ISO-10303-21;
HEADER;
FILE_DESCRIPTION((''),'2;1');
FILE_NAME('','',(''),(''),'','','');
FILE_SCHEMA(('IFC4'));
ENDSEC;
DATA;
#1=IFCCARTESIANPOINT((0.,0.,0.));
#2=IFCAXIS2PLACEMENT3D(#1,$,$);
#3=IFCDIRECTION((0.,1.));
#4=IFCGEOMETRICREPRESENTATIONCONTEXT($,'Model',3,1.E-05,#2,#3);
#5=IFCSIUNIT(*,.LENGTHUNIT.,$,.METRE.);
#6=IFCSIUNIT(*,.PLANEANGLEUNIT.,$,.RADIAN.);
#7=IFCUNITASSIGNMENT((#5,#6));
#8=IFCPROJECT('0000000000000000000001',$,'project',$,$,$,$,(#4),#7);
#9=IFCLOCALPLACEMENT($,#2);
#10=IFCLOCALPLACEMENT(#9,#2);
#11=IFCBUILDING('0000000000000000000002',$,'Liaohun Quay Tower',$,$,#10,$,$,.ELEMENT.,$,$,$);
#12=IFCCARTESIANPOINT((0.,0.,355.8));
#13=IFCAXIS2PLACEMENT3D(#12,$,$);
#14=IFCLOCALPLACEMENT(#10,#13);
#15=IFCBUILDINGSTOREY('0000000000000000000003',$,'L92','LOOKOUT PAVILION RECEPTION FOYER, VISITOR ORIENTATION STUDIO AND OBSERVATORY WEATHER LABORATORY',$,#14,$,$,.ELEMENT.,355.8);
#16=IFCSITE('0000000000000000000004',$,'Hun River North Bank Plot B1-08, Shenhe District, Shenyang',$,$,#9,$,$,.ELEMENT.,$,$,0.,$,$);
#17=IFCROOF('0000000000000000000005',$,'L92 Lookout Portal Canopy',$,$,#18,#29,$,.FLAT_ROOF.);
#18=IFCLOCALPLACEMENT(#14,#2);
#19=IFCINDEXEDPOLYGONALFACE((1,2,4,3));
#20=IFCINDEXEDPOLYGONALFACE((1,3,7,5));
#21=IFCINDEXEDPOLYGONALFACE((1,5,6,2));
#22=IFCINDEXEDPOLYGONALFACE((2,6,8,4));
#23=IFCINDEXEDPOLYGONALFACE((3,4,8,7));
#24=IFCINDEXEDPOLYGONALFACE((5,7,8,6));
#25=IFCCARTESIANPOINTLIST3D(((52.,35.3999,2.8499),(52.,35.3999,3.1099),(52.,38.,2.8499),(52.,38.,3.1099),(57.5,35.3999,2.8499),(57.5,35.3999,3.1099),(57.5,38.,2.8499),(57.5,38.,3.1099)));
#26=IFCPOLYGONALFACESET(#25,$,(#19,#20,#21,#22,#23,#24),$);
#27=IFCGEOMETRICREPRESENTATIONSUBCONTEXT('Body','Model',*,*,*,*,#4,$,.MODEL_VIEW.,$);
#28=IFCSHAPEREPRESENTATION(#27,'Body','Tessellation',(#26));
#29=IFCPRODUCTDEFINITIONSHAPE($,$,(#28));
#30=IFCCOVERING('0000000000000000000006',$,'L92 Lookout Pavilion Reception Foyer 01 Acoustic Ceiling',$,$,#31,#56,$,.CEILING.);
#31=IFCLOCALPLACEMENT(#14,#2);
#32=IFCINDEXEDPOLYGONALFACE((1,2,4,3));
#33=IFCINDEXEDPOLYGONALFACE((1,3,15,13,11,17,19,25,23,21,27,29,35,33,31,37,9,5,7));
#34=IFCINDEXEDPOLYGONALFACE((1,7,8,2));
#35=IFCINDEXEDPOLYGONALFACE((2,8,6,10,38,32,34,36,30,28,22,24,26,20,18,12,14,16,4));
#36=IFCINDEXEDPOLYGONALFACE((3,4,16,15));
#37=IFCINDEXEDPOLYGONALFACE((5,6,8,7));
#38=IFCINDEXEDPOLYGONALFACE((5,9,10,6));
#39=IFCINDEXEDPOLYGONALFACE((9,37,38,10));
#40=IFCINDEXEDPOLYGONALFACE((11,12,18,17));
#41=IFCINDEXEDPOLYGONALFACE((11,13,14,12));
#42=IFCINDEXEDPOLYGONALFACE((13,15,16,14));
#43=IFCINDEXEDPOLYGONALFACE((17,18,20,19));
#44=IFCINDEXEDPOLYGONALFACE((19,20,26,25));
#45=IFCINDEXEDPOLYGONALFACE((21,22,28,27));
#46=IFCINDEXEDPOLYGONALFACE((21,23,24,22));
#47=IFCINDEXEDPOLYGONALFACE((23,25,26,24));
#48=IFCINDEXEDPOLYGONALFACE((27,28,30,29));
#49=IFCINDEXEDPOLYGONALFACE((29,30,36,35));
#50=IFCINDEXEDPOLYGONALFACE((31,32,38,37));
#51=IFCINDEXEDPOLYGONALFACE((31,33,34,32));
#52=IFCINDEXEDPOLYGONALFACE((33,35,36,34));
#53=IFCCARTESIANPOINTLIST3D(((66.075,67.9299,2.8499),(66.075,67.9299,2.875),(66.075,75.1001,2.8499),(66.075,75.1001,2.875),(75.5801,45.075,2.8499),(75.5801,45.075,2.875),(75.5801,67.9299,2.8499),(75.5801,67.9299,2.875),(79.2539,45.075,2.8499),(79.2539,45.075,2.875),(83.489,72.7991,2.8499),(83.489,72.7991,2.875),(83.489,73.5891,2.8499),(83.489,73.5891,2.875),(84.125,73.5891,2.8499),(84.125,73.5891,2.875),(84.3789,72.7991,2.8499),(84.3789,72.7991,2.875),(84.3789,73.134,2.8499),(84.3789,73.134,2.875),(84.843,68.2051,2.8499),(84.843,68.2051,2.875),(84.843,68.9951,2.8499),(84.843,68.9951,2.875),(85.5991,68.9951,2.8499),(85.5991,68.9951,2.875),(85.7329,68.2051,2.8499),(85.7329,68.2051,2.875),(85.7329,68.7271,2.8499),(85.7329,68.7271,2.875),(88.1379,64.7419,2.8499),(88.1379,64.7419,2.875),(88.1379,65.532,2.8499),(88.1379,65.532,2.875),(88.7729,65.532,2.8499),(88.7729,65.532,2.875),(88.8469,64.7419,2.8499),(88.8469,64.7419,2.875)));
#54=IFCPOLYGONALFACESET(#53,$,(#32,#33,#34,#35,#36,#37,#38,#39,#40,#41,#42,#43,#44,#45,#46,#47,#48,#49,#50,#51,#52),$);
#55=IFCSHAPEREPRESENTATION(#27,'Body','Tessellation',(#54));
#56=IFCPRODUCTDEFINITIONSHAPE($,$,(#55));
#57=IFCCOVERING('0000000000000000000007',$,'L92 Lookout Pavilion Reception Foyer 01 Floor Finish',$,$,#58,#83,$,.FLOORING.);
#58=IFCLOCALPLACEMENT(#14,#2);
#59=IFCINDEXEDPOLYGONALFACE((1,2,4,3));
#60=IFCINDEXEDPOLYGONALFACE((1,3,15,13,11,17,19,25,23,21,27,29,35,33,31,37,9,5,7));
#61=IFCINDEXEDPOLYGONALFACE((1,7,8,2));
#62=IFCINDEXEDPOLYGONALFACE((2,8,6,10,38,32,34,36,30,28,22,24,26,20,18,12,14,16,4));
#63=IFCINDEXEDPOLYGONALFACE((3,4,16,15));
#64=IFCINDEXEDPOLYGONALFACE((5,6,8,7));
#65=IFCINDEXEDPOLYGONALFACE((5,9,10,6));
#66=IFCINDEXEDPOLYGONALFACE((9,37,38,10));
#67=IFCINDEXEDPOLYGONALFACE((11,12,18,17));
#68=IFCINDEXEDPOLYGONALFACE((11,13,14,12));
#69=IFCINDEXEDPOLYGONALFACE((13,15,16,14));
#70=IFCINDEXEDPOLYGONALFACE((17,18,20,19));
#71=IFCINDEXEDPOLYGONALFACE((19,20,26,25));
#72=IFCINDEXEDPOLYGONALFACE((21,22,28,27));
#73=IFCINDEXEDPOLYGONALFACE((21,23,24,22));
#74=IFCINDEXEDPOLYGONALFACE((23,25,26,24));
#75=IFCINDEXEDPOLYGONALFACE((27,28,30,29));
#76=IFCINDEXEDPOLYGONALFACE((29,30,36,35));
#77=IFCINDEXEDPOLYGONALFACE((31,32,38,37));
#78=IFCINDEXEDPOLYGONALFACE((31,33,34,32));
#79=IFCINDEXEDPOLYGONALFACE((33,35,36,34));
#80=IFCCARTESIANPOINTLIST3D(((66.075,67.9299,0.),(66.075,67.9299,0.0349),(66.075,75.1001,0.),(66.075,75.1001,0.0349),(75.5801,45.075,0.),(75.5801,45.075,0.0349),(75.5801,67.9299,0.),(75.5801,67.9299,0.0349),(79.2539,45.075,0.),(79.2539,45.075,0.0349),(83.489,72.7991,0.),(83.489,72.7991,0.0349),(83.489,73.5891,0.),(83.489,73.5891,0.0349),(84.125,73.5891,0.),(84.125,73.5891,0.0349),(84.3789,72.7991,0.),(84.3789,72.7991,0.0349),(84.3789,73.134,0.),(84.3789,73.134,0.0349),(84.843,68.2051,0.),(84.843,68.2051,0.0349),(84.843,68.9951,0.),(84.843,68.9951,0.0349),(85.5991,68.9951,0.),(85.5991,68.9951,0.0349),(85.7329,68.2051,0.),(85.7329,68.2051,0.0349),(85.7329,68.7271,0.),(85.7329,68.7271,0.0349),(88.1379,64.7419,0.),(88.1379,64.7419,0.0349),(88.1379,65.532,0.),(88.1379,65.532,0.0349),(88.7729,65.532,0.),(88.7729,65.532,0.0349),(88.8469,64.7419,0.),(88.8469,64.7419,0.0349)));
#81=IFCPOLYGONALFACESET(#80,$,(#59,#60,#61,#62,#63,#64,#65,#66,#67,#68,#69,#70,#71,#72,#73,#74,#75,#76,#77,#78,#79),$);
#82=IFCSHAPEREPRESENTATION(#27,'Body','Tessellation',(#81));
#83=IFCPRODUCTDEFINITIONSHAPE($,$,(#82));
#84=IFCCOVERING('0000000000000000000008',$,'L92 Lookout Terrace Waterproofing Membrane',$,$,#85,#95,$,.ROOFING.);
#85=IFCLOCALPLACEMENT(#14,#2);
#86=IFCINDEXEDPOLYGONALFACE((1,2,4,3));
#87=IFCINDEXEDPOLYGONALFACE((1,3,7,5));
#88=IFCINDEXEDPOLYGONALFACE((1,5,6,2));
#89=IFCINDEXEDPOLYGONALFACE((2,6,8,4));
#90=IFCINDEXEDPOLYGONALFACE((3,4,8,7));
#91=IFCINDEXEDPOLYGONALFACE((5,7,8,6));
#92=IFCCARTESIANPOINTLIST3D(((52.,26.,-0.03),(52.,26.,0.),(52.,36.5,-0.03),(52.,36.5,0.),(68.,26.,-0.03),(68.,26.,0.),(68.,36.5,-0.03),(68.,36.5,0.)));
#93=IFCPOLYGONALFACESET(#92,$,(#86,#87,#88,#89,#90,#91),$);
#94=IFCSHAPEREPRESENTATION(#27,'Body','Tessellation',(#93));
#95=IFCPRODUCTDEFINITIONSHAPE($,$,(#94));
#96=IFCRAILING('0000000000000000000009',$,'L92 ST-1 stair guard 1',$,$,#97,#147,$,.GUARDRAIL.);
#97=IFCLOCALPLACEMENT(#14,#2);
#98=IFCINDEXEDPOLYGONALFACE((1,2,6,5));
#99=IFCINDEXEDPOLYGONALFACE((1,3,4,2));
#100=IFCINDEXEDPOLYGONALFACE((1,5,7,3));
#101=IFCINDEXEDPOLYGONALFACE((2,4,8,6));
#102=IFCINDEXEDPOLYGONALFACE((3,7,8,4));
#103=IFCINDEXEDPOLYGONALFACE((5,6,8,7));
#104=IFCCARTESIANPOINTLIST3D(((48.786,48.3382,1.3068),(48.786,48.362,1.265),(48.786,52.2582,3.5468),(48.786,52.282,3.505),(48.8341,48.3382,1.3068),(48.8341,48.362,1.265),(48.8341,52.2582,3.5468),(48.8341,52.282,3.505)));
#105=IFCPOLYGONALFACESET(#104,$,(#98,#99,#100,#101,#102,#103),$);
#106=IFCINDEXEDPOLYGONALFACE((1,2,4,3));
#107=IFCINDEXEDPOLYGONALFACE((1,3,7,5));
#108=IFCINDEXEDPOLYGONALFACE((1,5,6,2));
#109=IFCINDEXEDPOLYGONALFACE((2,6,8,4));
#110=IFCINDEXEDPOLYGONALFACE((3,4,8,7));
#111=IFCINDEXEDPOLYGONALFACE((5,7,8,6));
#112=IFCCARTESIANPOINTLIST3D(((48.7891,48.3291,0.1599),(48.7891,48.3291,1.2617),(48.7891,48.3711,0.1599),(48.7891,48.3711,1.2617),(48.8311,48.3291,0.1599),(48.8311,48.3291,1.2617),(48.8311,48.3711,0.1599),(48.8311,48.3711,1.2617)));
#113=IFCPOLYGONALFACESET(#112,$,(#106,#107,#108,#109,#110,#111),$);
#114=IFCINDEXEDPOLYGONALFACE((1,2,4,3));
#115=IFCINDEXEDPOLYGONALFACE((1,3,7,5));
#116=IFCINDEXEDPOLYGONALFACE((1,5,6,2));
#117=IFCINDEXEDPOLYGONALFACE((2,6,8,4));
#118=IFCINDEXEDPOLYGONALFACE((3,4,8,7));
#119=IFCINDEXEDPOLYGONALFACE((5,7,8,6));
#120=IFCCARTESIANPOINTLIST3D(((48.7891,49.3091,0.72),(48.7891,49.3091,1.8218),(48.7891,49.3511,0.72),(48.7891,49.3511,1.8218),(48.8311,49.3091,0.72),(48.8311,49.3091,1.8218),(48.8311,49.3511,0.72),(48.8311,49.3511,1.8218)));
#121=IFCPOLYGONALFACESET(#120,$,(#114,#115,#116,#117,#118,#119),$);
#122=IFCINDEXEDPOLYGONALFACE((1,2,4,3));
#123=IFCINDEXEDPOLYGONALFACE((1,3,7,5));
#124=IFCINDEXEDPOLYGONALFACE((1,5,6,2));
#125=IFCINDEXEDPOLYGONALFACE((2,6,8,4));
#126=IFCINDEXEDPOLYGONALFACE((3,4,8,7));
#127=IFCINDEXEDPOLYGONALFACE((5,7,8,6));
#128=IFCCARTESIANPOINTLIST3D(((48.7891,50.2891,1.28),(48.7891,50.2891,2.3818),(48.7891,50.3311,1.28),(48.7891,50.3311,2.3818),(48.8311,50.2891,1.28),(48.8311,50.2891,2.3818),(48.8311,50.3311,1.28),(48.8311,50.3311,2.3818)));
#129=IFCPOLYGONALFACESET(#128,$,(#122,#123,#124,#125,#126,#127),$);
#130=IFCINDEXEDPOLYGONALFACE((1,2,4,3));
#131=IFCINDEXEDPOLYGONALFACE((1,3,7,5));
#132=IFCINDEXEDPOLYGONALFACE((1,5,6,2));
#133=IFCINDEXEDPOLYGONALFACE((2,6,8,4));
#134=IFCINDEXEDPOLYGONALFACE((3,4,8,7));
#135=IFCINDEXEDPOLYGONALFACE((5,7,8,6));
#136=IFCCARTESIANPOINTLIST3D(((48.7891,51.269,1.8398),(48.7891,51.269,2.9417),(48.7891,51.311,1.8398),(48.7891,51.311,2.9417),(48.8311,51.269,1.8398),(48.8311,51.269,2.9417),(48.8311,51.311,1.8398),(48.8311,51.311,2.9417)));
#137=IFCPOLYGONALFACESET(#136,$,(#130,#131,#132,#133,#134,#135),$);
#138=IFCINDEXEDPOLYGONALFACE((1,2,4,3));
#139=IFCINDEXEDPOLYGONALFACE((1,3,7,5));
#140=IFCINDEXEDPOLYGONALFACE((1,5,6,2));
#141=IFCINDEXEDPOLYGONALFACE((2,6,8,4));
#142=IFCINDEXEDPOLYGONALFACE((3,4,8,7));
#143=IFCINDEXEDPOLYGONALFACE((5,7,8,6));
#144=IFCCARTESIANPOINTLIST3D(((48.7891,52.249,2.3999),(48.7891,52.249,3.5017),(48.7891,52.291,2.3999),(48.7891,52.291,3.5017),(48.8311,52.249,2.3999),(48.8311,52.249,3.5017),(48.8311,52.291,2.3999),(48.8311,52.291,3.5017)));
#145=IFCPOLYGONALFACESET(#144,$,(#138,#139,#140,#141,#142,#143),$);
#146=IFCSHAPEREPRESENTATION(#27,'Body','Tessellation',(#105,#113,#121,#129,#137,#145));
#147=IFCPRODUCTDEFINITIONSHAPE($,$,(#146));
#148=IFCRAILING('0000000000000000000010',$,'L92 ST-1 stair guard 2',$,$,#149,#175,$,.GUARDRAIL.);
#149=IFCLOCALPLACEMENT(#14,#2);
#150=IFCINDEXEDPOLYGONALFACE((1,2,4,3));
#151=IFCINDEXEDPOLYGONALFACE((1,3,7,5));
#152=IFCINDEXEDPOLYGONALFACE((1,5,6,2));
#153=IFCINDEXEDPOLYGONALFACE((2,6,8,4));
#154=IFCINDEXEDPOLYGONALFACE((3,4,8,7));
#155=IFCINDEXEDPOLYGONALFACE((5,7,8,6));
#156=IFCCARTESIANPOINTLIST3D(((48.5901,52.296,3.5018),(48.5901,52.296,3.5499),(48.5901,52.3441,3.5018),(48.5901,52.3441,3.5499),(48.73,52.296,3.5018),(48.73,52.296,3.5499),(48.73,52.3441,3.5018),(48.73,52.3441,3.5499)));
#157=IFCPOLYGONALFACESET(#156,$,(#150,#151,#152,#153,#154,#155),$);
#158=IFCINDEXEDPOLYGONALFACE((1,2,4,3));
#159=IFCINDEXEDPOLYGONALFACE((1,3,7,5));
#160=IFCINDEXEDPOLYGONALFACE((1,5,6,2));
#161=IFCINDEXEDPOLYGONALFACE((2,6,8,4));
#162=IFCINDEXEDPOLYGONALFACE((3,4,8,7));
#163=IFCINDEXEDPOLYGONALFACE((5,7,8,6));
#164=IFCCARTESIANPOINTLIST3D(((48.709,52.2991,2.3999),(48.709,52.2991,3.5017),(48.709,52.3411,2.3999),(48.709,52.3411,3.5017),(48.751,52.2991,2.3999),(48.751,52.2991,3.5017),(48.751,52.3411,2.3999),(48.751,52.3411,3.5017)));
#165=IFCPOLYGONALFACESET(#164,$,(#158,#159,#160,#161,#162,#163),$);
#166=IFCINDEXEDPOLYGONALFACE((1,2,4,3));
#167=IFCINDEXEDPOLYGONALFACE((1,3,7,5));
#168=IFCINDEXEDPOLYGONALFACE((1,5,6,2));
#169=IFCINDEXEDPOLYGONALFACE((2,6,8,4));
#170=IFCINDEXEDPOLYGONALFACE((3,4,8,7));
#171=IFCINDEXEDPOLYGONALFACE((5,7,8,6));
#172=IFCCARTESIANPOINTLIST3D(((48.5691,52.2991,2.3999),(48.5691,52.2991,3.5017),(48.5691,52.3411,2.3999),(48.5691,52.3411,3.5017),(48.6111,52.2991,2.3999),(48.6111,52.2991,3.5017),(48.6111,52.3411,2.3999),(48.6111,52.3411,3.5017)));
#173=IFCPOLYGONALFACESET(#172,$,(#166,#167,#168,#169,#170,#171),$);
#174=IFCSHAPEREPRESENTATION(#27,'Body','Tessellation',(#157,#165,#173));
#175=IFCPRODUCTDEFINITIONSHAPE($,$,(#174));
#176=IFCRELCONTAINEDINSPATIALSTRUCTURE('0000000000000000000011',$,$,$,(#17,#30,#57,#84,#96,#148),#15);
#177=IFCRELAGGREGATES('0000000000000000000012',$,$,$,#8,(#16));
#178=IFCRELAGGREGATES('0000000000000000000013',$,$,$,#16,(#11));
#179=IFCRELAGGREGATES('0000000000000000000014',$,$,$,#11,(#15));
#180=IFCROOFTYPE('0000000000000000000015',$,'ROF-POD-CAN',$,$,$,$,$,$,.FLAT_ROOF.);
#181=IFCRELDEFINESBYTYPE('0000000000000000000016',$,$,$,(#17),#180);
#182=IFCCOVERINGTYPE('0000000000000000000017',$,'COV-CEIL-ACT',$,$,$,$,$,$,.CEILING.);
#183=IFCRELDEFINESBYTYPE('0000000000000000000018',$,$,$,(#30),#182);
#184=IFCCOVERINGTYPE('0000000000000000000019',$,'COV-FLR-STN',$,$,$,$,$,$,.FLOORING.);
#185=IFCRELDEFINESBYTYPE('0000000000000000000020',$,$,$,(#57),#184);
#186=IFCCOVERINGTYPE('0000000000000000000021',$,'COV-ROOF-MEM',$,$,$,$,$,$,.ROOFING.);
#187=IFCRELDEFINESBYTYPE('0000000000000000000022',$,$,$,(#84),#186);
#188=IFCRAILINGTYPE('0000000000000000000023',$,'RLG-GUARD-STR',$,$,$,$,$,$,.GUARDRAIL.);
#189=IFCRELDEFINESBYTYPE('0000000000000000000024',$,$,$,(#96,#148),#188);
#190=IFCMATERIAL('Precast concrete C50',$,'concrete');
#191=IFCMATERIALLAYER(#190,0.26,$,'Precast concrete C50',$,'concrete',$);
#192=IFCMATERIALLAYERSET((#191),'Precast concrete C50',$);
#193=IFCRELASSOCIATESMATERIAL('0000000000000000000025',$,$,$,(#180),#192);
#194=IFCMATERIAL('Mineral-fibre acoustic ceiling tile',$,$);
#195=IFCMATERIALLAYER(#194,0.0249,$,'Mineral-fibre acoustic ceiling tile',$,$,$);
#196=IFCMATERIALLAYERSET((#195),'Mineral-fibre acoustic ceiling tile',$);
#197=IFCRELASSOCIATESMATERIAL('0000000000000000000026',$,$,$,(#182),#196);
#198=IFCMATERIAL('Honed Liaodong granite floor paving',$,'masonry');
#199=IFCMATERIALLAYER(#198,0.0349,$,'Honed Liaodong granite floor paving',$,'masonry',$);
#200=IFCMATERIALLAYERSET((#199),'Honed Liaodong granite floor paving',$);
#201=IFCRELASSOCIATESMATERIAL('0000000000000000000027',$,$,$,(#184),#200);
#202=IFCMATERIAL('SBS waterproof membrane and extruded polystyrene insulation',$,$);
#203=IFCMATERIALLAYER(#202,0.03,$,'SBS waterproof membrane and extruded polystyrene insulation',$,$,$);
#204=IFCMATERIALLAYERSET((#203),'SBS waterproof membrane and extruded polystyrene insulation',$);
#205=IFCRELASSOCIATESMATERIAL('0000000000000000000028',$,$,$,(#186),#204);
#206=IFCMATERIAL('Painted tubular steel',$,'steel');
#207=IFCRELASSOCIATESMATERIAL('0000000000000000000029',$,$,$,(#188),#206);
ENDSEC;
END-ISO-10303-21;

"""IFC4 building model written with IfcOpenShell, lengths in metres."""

from ifc_helpers import new_model, si_unit, direction, frame, origin, origin_2d, place, context, subcontext, project, spatial, polyline, rectangle, outline, extrude, material, layer, layer_set, type_object, element, save


model = new_model("IFC4")

# Units and contexts
model_context = context("Model", 3, precision=1e-05, world=origin(), true_north=direction((0.0, 1.0)))
body_context = subcontext(model_context, "Body", "Model", "MODEL_VIEW")
ifc_project = project(units=[si_unit("LENGTHUNIT", "METRE"), si_unit("PLANEANGLEUNIT", "RADIAN")], contexts=[model_context])

# Site, building, storey
site_placement = place(None, origin())
site = spatial("IfcSite", under=ifc_project, at=site_placement, Name="Hun River North Bank Plot B1-08, Shenhe District, Shenyang", CompositionType="ELEMENT", RefElevation=0.0)
building_placement = place(site_placement, origin())
building = spatial("IfcBuilding", under=site, at=building_placement, Name="Liaohun Quay Tower", CompositionType="ELEMENT")
storey_placement = place(building_placement, frame((0.0, 0.0, 355.8)))
storey = spatial("IfcBuildingStorey", under=building, at=storey_placement, Name="L92", Description="LOOKOUT PAVILION RECEPTION FOYER, VISITOR ORIENTATION STUDIO AND OBSERVATORY WEATHER LABORATORY", CompositionType="ELEMENT", Elevation=355.8)

# Roof
ifc_material_1 = material(Name="Precast concrete C50", Category="concrete")
ifc_layer_1 = layer(ifc_material_1, 0.26, Name="Precast concrete C50", Category="concrete")
ifc_layer_set_1 = layer_set([ifc_layer_1], Name="Precast concrete C50")
roof_type = type_object("IfcRoofType", Name="ROF-POD-CAN", PredefinedType="FLAT_ROOF", material=ifc_layer_set_1)
roof_placement = place(storey_placement, frame((0.0, 0.0, 2.8499)))
element("IfcRoof", 1, at=roof_placement, inside=storey, type_object=roof_type, Name="L92 Lookout Portal Canopy", PredefinedType="FLAT_ROOF", context=body_context, shape_type="SweptSolid", body=[
    extrude(outline(polyline([(52.0, 35.3999), (57.5, 35.3999), (57.5, 38.0), (52.0, 38.0), (52.0, 35.3999)])), origin(), (0.0, 0.0, 1.0), 0.26),
])

# Coverings
ifc_material_2 = material(Name="Mineral-fibre acoustic ceiling tile")
ifc_layer_2 = layer(ifc_material_2, 0.0249, Name="Mineral-fibre acoustic ceiling tile")
ifc_layer_set_2 = layer_set([ifc_layer_2], Name="Mineral-fibre acoustic ceiling tile")
covering_type_1 = type_object("IfcCoveringType", Name="COV-CEIL-ACT", PredefinedType="CEILING", material=ifc_layer_set_2)
covering_1_placement = place(storey_placement, frame((0.0, 0.0, 2.8499)))
element("IfcCovering", 2, at=covering_1_placement, inside=storey, type_object=covering_type_1, Name="L92 Lookout Pavilion Reception Foyer 01 Acoustic Ceiling", PredefinedType="CEILING", context=body_context, shape_type="SweptSolid", body=[
    extrude(outline(polyline([(84.3789, 73.134), (84.3789, 72.7991), (83.489, 72.7991), (83.489, 73.5891), (84.125, 73.5891), (66.075, 75.1001), (66.075, 67.9299), (75.5801, 67.9299), (75.5801, 45.075), (79.2539, 45.075), (88.8469, 64.7419), (88.1379, 64.7419), (88.1379, 65.532), (88.7729, 65.532), (85.7329, 68.7271), (85.7329, 68.2051), (84.843, 68.2051), (84.843, 68.9951), (85.5991, 68.9951), (84.3789, 73.134)])), origin(), (0.0, 0.0, 1.0), 0.0251),
])
ifc_material_3 = material(Name="Honed Liaodong granite floor paving", Category="masonry")
ifc_layer_3 = layer(ifc_material_3, 0.0349, Name="Honed Liaodong granite floor paving", Category="masonry")
ifc_layer_set_3 = layer_set([ifc_layer_3], Name="Honed Liaodong granite floor paving")
covering_type_2 = type_object("IfcCoveringType", Name="COV-FLR-STN", PredefinedType="FLOORING", material=ifc_layer_set_3)
covering_2_placement = place(storey_placement, origin())
element("IfcCovering", 3, at=covering_2_placement, inside=storey, type_object=covering_type_2, Name="L92 Lookout Pavilion Reception Foyer 01 Floor Finish", PredefinedType="FLOORING", context=body_context, shape_type="SweptSolid", body=[
    extrude(outline(polyline([(84.3789, 73.134), (84.3789, 72.7991), (83.489, 72.7991), (83.489, 73.5891), (84.125, 73.5891), (66.075, 75.1001), (66.075, 67.9299), (75.5801, 67.9299), (75.5801, 45.075), (79.2539, 45.075), (88.8469, 64.7419), (88.1379, 64.7419), (88.1379, 65.532), (88.7729, 65.532), (85.7329, 68.7271), (85.7329, 68.2051), (84.843, 68.2051), (84.843, 68.9951), (85.5991, 68.9951), (84.3789, 73.134)])), origin(), (0.0, 0.0, 1.0), 0.0349),
])
ifc_material_4 = material(Name="SBS waterproof membrane and extruded polystyrene insulation")
ifc_layer_4 = layer(ifc_material_4, 0.03, Name="SBS waterproof membrane and extruded polystyrene insulation")
ifc_layer_set_4 = layer_set([ifc_layer_4], Name="SBS waterproof membrane and extruded polystyrene insulation")
covering_type_3 = type_object("IfcCoveringType", Name="COV-ROOF-MEM", PredefinedType="ROOFING", material=ifc_layer_set_4)
covering_3_placement = place(storey_placement, frame((0.0, 0.0, -0.03)))
element("IfcCovering", 4, at=covering_3_placement, inside=storey, type_object=covering_type_3, Name="L92 Lookout Terrace Waterproofing Membrane", PredefinedType="ROOFING", context=body_context, shape_type="SweptSolid", body=[
    extrude(outline(polyline([(52.0, 26.0), (68.0, 26.0), (68.0, 36.5), (52.0, 36.5), (52.0, 26.0)])), origin(), (0.0, 0.0, 1.0), 0.03),
])

# Railings
ifc_material_5 = material(Name="Painted tubular steel", Category="steel")
railing_type_1 = type_object("IfcRailingType", Name="RLG-GUARD-STR", PredefinedType="GUARDRAIL", material=ifc_material_5)
railing_1_placement = place(storey_placement, frame((48.8101, 48.3501, 0.1599)))
element("IfcRailing", 5, at=railing_1_placement, inside=storey, type_object=railing_type_1, Name="L92 ST-1 stair guard 1", PredefinedType="GUARDRAIL", context=body_context, shape_type="SweptSolid", body=[
    extrude(rectangle(XDim=0.0481, YDim=0.0481, at=origin_2d()), frame((0.0, 0.0, 1.126), z_axis=(0.0, 0.86824, 0.496145), x_axis=(-1.0, 0.0, 0.0)), (0.0, 0.0, 1.0), 4.5149),
    extrude(rectangle(XDim=0.042, YDim=0.042, at=origin_2d()), origin(), (0.0, 0.0, 1.0), 1.1018),
    extrude(rectangle(XDim=0.042, YDim=0.042, at=origin_2d()), frame((0.0, 0.98, 0.5601)), (0.0, 0.0, 1.0), 1.1018),
    extrude(rectangle(XDim=0.042, YDim=0.042, at=origin_2d()), frame((0.0, 1.96, 1.1201)), (0.0, 0.0, 1.0), 1.1018),
    extrude(rectangle(XDim=0.042, YDim=0.042, at=origin_2d()), frame((0.0, 2.9399, 1.6799)), (0.0, 0.0, 1.0), 1.1018),
    extrude(rectangle(XDim=0.042, YDim=0.042, at=origin_2d()), frame((0.0, 3.9199, 2.24)), (0.0, 0.0, 1.0), 1.1018),
])
railing_2_placement = place(storey_placement, frame((48.73, 52.3201, 2.3999)))
element("IfcRailing", 6, at=railing_2_placement, inside=storey, type_object=railing_type_1, Name="L92 ST-1 stair guard 2", PredefinedType="GUARDRAIL", context=body_context, shape_type="SweptSolid", body=[
    extrude(rectangle(XDim=0.0481, YDim=0.0481, at=origin_2d()), frame((0.0, 0.0, 1.126), z_axis=(-1.0, 0.0, 0.0), x_axis=(0.0, -1.0, 0.0)), (0.0, 0.0, 1.0), 0.1399),
    extrude(rectangle(XDim=0.042, YDim=0.042, at=origin_2d()), origin(), (0.0, 0.0, 1.0), 1.1018),
    extrude(rectangle(XDim=0.042, YDim=0.042, at=origin_2d()), frame((-0.1399, 0.0, 0.0)), (0.0, 0.0, 1.0), 1.1018),
])

save(model, "model.ifc")
